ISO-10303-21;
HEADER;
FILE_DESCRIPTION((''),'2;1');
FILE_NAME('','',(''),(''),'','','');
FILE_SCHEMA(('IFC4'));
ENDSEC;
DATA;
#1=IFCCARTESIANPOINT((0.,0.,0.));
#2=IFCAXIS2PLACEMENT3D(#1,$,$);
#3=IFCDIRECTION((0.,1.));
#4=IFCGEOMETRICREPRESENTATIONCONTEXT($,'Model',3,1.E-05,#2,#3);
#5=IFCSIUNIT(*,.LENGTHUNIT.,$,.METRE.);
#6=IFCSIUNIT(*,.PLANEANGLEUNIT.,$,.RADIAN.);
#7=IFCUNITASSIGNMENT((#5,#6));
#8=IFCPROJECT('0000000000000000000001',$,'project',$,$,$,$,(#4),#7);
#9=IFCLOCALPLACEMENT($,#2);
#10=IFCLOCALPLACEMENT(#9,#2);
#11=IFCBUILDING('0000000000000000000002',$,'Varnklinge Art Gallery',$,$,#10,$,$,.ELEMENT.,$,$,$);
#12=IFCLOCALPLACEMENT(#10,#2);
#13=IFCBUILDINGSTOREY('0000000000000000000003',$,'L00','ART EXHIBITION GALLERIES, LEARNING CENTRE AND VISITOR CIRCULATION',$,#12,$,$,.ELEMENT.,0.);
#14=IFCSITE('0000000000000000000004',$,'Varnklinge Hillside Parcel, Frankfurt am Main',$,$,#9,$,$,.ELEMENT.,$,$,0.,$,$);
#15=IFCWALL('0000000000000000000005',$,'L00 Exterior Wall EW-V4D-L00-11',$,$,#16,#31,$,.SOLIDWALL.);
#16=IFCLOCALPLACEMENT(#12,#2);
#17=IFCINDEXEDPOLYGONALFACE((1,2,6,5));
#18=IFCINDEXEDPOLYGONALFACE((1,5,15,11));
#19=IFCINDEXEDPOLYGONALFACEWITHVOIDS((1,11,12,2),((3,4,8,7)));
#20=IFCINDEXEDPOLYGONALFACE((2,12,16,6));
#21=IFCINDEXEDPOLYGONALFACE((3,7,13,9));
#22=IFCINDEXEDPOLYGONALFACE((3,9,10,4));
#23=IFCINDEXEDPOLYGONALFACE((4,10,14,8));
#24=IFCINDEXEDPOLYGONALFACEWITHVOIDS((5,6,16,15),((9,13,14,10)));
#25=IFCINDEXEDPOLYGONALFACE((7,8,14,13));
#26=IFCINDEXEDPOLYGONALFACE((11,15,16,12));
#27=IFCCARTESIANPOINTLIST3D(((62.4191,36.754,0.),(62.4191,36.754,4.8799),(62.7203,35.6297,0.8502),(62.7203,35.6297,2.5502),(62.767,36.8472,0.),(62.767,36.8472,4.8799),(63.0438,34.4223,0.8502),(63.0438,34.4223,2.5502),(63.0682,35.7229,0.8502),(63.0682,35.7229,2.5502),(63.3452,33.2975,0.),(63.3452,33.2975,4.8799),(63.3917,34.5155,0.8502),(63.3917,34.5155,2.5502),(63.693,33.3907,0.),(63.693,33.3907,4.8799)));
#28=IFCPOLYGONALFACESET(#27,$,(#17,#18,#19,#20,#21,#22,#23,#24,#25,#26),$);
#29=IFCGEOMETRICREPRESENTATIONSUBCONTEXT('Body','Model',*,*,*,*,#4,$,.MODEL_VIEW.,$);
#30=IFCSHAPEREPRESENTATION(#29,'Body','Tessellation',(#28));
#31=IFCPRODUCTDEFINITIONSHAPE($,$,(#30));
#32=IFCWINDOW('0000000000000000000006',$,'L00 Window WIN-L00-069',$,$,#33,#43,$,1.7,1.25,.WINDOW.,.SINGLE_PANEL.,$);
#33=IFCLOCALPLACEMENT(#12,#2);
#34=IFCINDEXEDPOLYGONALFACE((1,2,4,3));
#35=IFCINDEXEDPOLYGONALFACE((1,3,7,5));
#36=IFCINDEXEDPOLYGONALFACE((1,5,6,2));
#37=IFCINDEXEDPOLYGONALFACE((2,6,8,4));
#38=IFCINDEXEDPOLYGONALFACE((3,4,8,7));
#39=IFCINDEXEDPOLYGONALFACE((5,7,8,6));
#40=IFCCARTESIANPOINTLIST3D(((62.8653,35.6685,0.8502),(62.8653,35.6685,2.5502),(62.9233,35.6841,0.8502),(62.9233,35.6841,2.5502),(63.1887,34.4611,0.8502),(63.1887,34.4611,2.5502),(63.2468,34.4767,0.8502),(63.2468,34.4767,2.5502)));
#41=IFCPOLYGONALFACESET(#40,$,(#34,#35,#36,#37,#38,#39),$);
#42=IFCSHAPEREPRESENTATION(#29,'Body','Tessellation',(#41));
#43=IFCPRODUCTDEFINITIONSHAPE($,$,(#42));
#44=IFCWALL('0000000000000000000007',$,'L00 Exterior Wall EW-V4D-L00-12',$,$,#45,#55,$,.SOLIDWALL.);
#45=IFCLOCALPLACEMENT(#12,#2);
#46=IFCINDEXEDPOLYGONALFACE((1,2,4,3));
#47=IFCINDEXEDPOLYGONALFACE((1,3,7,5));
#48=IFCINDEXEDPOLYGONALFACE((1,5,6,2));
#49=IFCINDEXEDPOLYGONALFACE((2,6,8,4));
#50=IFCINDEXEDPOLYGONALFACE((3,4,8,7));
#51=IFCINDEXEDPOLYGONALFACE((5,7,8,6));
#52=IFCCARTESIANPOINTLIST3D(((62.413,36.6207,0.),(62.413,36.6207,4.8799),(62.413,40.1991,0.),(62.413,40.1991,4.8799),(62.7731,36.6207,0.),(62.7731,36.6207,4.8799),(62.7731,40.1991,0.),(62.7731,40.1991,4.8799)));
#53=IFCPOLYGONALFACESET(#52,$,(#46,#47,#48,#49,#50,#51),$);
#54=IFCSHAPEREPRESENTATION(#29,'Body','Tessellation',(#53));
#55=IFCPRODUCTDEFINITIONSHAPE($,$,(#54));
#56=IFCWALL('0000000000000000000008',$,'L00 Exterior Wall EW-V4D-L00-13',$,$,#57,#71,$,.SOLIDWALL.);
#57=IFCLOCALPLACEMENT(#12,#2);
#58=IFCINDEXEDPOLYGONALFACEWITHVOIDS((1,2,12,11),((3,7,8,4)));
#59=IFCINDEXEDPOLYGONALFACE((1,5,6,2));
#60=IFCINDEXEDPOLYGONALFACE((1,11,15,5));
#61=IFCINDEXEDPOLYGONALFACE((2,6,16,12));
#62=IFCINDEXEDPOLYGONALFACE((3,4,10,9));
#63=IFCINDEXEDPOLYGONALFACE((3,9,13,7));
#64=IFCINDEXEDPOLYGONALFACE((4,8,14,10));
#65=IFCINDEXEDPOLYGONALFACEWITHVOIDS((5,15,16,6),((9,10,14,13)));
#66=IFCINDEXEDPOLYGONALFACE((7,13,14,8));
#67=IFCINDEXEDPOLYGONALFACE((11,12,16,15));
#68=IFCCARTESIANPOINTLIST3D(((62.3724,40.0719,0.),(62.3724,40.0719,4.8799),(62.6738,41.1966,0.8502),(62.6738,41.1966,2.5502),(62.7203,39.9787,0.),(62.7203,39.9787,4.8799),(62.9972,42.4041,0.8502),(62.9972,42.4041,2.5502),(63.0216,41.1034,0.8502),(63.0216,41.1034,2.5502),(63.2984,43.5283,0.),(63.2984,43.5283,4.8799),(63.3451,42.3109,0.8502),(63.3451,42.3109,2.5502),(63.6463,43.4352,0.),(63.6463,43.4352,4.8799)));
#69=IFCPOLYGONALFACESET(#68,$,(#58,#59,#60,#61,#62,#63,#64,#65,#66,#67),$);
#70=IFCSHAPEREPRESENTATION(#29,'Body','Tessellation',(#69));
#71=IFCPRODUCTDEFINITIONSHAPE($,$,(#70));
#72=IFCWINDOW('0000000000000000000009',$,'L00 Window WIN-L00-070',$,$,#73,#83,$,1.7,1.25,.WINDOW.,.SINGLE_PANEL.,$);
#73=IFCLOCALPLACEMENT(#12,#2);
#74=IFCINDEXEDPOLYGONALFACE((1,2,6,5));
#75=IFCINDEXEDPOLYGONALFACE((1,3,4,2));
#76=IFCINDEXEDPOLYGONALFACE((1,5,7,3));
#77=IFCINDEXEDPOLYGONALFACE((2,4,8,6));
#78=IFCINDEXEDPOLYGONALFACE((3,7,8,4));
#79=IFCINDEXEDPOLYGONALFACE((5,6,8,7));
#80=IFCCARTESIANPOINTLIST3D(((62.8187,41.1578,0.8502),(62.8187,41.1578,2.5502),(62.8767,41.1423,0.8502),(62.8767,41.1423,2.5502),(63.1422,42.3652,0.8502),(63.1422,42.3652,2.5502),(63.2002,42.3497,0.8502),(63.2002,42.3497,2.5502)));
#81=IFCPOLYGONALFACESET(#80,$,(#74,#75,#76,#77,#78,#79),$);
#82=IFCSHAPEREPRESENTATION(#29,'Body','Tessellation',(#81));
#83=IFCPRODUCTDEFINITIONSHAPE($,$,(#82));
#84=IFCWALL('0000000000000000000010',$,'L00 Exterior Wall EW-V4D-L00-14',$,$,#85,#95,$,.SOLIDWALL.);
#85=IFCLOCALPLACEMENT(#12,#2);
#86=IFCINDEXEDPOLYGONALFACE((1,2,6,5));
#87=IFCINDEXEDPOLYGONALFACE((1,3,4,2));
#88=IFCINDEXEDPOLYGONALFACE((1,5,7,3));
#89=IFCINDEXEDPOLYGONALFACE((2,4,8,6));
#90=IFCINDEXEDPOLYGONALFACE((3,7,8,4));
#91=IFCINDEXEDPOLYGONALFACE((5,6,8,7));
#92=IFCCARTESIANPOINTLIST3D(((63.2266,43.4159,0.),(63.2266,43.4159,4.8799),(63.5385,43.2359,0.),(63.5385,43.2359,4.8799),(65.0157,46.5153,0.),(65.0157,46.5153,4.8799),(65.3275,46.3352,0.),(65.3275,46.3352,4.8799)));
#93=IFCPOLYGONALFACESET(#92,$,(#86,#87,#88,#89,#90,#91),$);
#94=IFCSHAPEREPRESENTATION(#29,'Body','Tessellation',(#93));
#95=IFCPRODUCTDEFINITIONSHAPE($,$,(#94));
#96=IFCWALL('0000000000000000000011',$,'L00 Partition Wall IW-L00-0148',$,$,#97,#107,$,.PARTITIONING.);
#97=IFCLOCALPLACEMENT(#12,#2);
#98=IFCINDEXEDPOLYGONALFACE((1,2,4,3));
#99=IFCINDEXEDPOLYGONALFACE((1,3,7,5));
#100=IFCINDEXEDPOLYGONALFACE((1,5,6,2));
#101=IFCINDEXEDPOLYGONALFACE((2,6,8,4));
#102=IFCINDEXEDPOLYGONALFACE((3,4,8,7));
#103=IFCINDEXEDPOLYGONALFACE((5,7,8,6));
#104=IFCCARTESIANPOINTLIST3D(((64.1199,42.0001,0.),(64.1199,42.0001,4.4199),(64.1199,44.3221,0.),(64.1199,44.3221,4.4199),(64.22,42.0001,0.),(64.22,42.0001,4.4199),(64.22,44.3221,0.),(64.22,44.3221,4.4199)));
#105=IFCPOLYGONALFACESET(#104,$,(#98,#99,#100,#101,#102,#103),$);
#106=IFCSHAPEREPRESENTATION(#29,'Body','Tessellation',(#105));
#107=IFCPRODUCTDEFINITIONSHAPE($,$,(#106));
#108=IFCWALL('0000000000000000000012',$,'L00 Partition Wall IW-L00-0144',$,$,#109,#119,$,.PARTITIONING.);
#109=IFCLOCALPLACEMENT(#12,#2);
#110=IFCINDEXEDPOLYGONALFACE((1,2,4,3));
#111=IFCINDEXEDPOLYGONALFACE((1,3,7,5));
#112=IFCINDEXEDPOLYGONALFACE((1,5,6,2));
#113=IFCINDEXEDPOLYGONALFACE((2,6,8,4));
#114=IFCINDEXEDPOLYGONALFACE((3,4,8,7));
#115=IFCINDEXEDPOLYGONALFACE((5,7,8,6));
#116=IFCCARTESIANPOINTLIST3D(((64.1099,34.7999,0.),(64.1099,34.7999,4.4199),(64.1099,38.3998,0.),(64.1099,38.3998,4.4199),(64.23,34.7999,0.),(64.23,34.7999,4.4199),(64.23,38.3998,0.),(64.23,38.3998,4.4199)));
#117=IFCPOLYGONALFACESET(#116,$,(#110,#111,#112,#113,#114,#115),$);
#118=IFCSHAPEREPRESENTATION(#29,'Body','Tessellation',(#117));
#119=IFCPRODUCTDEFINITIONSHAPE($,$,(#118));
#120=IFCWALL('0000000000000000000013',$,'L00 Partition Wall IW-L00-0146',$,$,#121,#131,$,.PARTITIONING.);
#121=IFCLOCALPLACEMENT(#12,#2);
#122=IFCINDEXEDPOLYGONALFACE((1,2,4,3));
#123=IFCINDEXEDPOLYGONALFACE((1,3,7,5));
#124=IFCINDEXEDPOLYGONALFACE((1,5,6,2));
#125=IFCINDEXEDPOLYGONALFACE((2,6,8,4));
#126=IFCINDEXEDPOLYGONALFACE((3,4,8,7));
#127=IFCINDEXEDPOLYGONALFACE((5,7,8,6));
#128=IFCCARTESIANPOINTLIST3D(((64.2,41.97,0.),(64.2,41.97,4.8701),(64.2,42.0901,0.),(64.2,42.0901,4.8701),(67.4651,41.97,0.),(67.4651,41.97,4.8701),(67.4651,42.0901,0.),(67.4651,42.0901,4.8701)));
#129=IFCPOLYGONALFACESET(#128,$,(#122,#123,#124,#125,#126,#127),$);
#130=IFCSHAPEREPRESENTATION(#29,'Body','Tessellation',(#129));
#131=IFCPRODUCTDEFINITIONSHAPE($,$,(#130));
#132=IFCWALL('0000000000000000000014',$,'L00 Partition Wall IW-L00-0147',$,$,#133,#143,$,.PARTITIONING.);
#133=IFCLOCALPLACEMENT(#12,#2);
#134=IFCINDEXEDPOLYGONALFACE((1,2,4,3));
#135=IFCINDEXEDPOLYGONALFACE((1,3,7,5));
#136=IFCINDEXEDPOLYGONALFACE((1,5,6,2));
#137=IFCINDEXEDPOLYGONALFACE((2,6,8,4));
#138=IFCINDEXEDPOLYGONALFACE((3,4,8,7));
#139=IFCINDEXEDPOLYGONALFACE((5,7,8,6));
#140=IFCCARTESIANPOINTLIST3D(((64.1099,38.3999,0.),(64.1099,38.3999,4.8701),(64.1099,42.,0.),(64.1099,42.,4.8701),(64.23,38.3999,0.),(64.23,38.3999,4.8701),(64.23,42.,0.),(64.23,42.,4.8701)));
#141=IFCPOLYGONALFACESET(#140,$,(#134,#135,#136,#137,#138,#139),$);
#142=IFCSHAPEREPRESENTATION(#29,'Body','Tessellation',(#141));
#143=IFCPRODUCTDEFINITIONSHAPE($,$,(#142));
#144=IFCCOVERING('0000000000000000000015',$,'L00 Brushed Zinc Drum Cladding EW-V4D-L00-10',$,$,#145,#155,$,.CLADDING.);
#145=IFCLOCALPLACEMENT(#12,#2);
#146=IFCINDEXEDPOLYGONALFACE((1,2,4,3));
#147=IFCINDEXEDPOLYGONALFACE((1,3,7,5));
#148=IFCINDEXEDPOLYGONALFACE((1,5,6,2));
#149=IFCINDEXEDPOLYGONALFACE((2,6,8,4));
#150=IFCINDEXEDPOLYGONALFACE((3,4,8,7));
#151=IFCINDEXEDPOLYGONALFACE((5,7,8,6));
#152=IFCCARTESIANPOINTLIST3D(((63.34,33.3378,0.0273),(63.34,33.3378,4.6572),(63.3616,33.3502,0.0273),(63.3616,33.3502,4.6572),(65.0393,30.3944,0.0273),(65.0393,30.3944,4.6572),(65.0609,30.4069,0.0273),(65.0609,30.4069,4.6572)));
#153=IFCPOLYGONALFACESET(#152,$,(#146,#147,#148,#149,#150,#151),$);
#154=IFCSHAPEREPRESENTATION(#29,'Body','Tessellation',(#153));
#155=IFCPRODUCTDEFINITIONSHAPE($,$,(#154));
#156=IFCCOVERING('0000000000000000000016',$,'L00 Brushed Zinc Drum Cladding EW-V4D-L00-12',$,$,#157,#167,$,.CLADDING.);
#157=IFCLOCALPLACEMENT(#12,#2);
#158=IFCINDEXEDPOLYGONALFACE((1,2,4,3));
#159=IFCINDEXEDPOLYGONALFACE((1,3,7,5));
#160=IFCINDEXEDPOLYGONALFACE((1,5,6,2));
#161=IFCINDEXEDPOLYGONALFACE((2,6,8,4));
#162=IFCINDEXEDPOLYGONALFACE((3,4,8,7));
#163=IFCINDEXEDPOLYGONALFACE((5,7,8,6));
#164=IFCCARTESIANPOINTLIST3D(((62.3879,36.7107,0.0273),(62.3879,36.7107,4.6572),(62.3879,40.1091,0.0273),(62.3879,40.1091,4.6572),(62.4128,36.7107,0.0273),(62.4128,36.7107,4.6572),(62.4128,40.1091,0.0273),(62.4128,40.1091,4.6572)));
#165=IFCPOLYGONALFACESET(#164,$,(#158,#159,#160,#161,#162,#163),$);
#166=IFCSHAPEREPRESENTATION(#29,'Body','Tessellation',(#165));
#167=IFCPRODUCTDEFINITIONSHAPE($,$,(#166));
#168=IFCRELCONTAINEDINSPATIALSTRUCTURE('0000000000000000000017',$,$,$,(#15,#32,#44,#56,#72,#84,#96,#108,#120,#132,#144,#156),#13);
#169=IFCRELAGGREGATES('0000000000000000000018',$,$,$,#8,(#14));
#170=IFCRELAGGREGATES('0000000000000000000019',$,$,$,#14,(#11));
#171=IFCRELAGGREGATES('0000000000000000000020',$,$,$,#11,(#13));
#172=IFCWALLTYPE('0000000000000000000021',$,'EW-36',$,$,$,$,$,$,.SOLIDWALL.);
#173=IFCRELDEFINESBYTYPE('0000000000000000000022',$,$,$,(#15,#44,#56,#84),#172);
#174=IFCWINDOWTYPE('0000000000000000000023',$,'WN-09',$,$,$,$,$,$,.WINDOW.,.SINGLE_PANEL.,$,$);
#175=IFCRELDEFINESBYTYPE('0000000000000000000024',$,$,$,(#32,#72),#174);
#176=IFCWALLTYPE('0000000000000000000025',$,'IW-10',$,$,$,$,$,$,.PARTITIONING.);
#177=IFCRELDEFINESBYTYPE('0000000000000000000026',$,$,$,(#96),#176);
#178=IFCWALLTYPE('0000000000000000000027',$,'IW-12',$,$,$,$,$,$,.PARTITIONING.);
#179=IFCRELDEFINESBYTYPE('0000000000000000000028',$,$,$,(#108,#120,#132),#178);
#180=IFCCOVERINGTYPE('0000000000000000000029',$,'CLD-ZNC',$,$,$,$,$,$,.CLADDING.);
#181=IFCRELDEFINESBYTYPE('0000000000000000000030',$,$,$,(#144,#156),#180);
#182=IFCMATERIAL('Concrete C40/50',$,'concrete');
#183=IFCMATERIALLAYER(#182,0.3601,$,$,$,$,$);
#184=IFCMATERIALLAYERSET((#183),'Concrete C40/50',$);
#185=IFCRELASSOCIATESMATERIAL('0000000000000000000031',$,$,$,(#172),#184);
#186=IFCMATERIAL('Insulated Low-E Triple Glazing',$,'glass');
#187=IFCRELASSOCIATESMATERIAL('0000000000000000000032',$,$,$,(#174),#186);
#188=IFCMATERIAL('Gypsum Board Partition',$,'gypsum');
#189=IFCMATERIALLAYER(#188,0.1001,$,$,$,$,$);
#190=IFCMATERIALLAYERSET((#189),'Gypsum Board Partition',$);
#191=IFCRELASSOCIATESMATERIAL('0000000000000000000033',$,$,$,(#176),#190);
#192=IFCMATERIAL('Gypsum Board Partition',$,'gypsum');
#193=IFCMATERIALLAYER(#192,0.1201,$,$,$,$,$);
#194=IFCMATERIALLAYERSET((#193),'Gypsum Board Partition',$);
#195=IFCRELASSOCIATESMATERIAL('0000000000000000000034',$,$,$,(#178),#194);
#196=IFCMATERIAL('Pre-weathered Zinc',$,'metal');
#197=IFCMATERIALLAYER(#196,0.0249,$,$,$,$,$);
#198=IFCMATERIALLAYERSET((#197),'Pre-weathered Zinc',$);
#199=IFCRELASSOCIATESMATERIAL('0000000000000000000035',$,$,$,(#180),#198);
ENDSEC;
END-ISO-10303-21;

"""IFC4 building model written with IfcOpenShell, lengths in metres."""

from ifc_helpers import new_model, si_unit, direction, frame, frame_2d, origin, origin_2d, place, context, subcontext, project, spatial, rectangle, extrude, material, layer, layer_set, type_object, element, fill, save


model = new_model("IFC4")

# Units and contexts
model_context = context("Model", 3, precision=1e-05, world=origin(), true_north=direction((0.0, 1.0)))
body_context = subcontext(model_context, "Body", "Model", "MODEL_VIEW")
ifc_project = project(units=[si_unit("LENGTHUNIT", "METRE"), si_unit("PLANEANGLEUNIT", "RADIAN")], contexts=[model_context])

# Site, building, storey
site_placement = place(None, origin())
site = spatial("IfcSite", under=ifc_project, at=site_placement, Name="Varnklinge Hillside Parcel, Frankfurt am Main", CompositionType="ELEMENT", RefElevation=0.0)
building_placement = place(site_placement, origin())
building = spatial("IfcBuilding", under=site, at=building_placement, Name="Varnklinge Art Gallery", CompositionType="ELEMENT")
storey_placement = place(building_placement, origin())
storey = spatial("IfcBuildingStorey", under=building, at=storey_placement, Name="L00", Description="ART EXHIBITION GALLERIES, LEARNING CENTRE AND VISITOR CIRCULATION", CompositionType="ELEMENT", Elevation=0.0)

# Shared definitions
ifc_material_1 = material(Name="Concrete C40/50", Category="concrete")
ifc_layer_1 = layer(ifc_material_1, 0.3601)
ifc_layer_set_1 = layer_set([ifc_layer_1], Name="Concrete C40/50")
wall_type_1 = type_object("IfcWallType", Name="EW-36", PredefinedType="SOLIDWALL", material=ifc_layer_set_1)

# Wall, opening, window
wall_1_placement = place(storey_placement, frame((63.519, 33.3442, 0.0), z_axis=(0.0, 0.0, 1.0), x_axis=(-0.258779, 0.965936, 0.0)))
wall_1 = element("IfcWall", 1, at=wall_1_placement, inside=storey, type_object=wall_type_1, Name="L00 Exterior Wall EW-V4D-L00-11", PredefinedType="SOLIDWALL", context=body_context, shape_type="SweptSolid", body=[
    extrude(rectangle(XDim=3.5784, YDim=0.3601, at=frame_2d((1.7891, 0.0))), origin(), (0.0, 0.0, 1.0), 4.8799),
])
opening_1_placement = place(wall_1_placement, frame((1.1643, 0.0, 0.8501)))
opening_1 = element("IfcOpeningElement", 2, at=opening_1_placement, cuts=wall_1, PredefinedType="OPENING", context=body_context, shape_type="SweptSolid", body=[
    extrude(rectangle(XDim=1.25, YDim=1.7, at=frame_2d((0.625, 0.8501))), frame((0.0, 0.1902, 0.0), z_axis=(0.0, -1.0, 0.0), x_axis=(1.0, 0.0, 0.0)), (0.0, 0.0, 1.0), 0.3801),
])
ifc_material_2 = material(Name="Insulated Low-E Triple Glazing", Category="glass")
window_type = type_object("IfcWindowType", Name="WN-09", PartitioningType="SINGLE_PANEL", PredefinedType="WINDOW", material=ifc_material_2)
window_1_placement = place(opening_1_placement, origin())
window_1 = element("IfcWindow", 3, at=window_1_placement, inside=storey, type_object=window_type, Name="L00 Window WIN-L00-069", OverallHeight=1.7, OverallWidth=1.25, PartitioningType="SINGLE_PANEL", PredefinedType="WINDOW", context=body_context, shape_type="SweptSolid", body=[
    extrude(rectangle(XDim=1.25, YDim=1.7, at=frame_2d((0.625, 0.8501))), frame((0.0, 0.03, 0.0), z_axis=(0.0, -1.0, 0.0), x_axis=(1.0, 0.0, 0.0)), (0.0, 0.0, 1.0), 0.0601),
])
fill(opening_1, window_1)

# Wall
wall_2_placement = place(storey_placement, frame((62.593, 36.6208, 0.0), z_axis=(0.0, 0.0, 1.0), x_axis=(0.0, 1.0, 0.0)))
element("IfcWall", 4, at=wall_2_placement, inside=storey, type_object=wall_type_1, Name="L00 Exterior Wall EW-V4D-L00-12", PredefinedType="SOLIDWALL", context=body_context, shape_type="SweptSolid", body=[
    extrude(rectangle(XDim=3.5784, YDim=0.3601, at=frame_2d((1.7891, 0.0))), origin(), (0.0, 0.0, 1.0), 4.8799),
])

# Wall, opening, window
wall_3_placement = place(storey_placement, frame((62.5464, 40.0254, 0.0), z_axis=(0.0, 0.0, 1.0), x_axis=(0.258779, 0.965936, 0.0)))
wall_3 = element("IfcWall", 5, at=wall_3_placement, inside=storey, type_object=wall_type_1, Name="L00 Exterior Wall EW-V4D-L00-13", PredefinedType="SOLIDWALL", context=body_context, shape_type="SweptSolid", body=[
    extrude(rectangle(XDim=3.5784, YDim=0.3601, at=frame_2d((1.7891, 0.0))), origin(), (0.0, 0.0, 1.0), 4.8799),
])
opening_2_placement = place(wall_3_placement, frame((1.1643, 0.0, 0.8501)))
opening_2 = element("IfcOpeningElement", 6, at=opening_2_placement, cuts=wall_3, PredefinedType="OPENING", context=body_context, shape_type="SweptSolid", body=[
    extrude(rectangle(XDim=1.25, YDim=1.7, at=frame_2d((0.625, 0.8501))), frame((0.0, 0.1902, 0.0), z_axis=(0.0, -1.0, 0.0), x_axis=(1.0, 0.0, 0.0)), (0.0, 0.0, 1.0), 0.3801),
])
window_2_placement = place(opening_2_placement, origin())
window_2 = element("IfcWindow", 7, at=window_2_placement, inside=storey, type_object=window_type, Name="L00 Window WIN-L00-070", OverallHeight=1.7, OverallWidth=1.25, PartitioningType="SINGLE_PANEL", PredefinedType="WINDOW", context=body_context, shape_type="SweptSolid", body=[
    extrude(rectangle(XDim=1.25, YDim=1.7, at=frame_2d((0.625, 0.8501))), frame((0.0, 0.03, 0.0), z_axis=(0.0, -1.0, 0.0), x_axis=(1.0, 0.0, 0.0)), (0.0, 0.0, 1.0), 0.0601),
])
fill(opening_2, window_2)

# Walls
wall_4_placement = place(storey_placement, frame((63.3826, 43.3259, 0.0), z_axis=(0.0, 0.0, 1.0), x_axis=(0.499925, 0.866069, 0.0)))
element("IfcWall", 8, at=wall_4_placement, inside=storey, type_object=wall_type_1, Name="L00 Exterior Wall EW-V4D-L00-14", PredefinedType="SOLIDWALL", context=body_context, shape_type="SweptSolid", body=[
    extrude(rectangle(XDim=3.5786, YDim=0.3601, at=frame_2d((1.7893, 0.0))), origin(), (0.0, 0.0, 1.0), 4.8799),
])
ifc_material_3 = material(Name="Gypsum Board Partition", Category="gypsum")
ifc_layer_2 = layer(ifc_material_3, 0.1001)
ifc_layer_set_2 = layer_set([ifc_layer_2], Name="Gypsum Board Partition")
wall_type_2 = type_object("IfcWallType", Name="IW-10", PredefinedType="PARTITIONING", material=ifc_layer_set_2)
wall_5_placement = place(storey_placement, frame((64.1699, 42.0, 0.0), z_axis=(0.0, 0.0, 1.0), x_axis=(0.0, 1.0, 0.0)))
element("IfcWall", 9, at=wall_5_placement, inside=storey, type_object=wall_type_2, Name="L00 Partition Wall IW-L00-0148", PredefinedType="PARTITIONING", context=body_context, shape_type="SweptSolid", body=[
    extrude(rectangle(XDim=2.322, YDim=0.1001, at=frame_2d((1.1611, 0.0))), origin(), (0.0, 0.0, 1.0), 4.4199),
])
ifc_material_4 = material(Name="Gypsum Board Partition", Category="gypsum")
ifc_layer_3 = layer(ifc_material_4, 0.1201)
ifc_layer_set_3 = layer_set([ifc_layer_3], Name="Gypsum Board Partition")
wall_type_3 = type_object("IfcWallType", Name="IW-12", PredefinedType="PARTITIONING", material=ifc_layer_set_3)
wall_6_placement = place(storey_placement, frame((64.1699, 34.8, 0.0), z_axis=(0.0, 0.0, 1.0), x_axis=(0.0, 1.0, 0.0)))
element("IfcWall", 10, at=wall_6_placement, inside=storey, type_object=wall_type_3, Name="L00 Partition Wall IW-L00-0144", PredefinedType="PARTITIONING", context=body_context, shape_type="SweptSolid", body=[
    extrude(rectangle(XDim=3.5999, YDim=0.1201, at=frame_2d((1.7998, 0.0))), origin(), (0.0, 0.0, 1.0), 4.4199),
])
wall_7_placement = place(storey_placement, frame((64.2, 42.03, 0.0), z_axis=(0.0, 0.0, 1.0), x_axis=(1.0, 0.0, 0.0)))
element("IfcWall", 11, at=wall_7_placement, inside=storey, type_object=wall_type_3, Name="L00 Partition Wall IW-L00-0146", PredefinedType="PARTITIONING", context=body_context, shape_type="SweptSolid", body=[
    extrude(rectangle(XDim=3.2651, YDim=0.1201, at=frame_2d((1.6326, 0.0))), origin(), (0.0, 0.0, 1.0), 4.8701),
])
wall_8_placement = place(storey_placement, frame((64.1699, 38.3999, 0.0), z_axis=(0.0, 0.0, 1.0), x_axis=(0.0, 1.0, 0.0)))
element("IfcWall", 12, at=wall_8_placement, inside=storey, type_object=wall_type_3, Name="L00 Partition Wall IW-L00-0147", PredefinedType="PARTITIONING", context=body_context, shape_type="SweptSolid", body=[
    extrude(rectangle(XDim=3.6001, YDim=0.1201, at=frame_2d((1.8, 0.0))), origin(), (0.0, 0.0, 1.0), 4.8701),
])

# Coverings
ifc_material_5 = material(Name="Pre-weathered Zinc", Category="metal")
ifc_layer_4 = layer(ifc_material_5, 0.0249)
ifc_layer_set_4 = layer_set([ifc_layer_4], Name="Pre-weathered Zinc")
covering_type = type_object("IfcCoveringType", Name="CLD-ZNC", PredefinedType="CLADDING", material=ifc_layer_set_4)
covering_1_placement = place(storey_placement, frame((64.2004, 31.8723, 0.0273), z_axis=(0.0, 0.0, 1.0), x_axis=(-0.5, 0.866025, 0.0)))
element("IfcCovering", 13, at=covering_1_placement, inside=storey, type_object=covering_type, Name="L00 Brushed Zinc Drum Cladding EW-V4D-L00-10", PredefinedType="CLADDING", context=body_context, shape_type="SweptSolid", body=[
    extrude(rectangle(XDim=3.3987, YDim=0.0249, at=origin_2d()), origin(), (0.0, 0.0, 1.0), 4.6299),
])
covering_2_placement = place(storey_placement, frame((62.4004, 38.4099, 0.0273), z_axis=(0.0, 0.0, 1.0), x_axis=(0.0, 1.0, 0.0)))
element("IfcCovering", 14, at=covering_2_placement, inside=storey, type_object=covering_type, Name="L00 Brushed Zinc Drum Cladding EW-V4D-L00-12", PredefinedType="CLADDING", context=body_context, shape_type="SweptSolid", body=[
    extrude(rectangle(XDim=3.3984, YDim=0.0249, at=origin_2d()), origin(), (0.0, 0.0, 1.0), 4.6299),
])

save(model, "model.ifc")
